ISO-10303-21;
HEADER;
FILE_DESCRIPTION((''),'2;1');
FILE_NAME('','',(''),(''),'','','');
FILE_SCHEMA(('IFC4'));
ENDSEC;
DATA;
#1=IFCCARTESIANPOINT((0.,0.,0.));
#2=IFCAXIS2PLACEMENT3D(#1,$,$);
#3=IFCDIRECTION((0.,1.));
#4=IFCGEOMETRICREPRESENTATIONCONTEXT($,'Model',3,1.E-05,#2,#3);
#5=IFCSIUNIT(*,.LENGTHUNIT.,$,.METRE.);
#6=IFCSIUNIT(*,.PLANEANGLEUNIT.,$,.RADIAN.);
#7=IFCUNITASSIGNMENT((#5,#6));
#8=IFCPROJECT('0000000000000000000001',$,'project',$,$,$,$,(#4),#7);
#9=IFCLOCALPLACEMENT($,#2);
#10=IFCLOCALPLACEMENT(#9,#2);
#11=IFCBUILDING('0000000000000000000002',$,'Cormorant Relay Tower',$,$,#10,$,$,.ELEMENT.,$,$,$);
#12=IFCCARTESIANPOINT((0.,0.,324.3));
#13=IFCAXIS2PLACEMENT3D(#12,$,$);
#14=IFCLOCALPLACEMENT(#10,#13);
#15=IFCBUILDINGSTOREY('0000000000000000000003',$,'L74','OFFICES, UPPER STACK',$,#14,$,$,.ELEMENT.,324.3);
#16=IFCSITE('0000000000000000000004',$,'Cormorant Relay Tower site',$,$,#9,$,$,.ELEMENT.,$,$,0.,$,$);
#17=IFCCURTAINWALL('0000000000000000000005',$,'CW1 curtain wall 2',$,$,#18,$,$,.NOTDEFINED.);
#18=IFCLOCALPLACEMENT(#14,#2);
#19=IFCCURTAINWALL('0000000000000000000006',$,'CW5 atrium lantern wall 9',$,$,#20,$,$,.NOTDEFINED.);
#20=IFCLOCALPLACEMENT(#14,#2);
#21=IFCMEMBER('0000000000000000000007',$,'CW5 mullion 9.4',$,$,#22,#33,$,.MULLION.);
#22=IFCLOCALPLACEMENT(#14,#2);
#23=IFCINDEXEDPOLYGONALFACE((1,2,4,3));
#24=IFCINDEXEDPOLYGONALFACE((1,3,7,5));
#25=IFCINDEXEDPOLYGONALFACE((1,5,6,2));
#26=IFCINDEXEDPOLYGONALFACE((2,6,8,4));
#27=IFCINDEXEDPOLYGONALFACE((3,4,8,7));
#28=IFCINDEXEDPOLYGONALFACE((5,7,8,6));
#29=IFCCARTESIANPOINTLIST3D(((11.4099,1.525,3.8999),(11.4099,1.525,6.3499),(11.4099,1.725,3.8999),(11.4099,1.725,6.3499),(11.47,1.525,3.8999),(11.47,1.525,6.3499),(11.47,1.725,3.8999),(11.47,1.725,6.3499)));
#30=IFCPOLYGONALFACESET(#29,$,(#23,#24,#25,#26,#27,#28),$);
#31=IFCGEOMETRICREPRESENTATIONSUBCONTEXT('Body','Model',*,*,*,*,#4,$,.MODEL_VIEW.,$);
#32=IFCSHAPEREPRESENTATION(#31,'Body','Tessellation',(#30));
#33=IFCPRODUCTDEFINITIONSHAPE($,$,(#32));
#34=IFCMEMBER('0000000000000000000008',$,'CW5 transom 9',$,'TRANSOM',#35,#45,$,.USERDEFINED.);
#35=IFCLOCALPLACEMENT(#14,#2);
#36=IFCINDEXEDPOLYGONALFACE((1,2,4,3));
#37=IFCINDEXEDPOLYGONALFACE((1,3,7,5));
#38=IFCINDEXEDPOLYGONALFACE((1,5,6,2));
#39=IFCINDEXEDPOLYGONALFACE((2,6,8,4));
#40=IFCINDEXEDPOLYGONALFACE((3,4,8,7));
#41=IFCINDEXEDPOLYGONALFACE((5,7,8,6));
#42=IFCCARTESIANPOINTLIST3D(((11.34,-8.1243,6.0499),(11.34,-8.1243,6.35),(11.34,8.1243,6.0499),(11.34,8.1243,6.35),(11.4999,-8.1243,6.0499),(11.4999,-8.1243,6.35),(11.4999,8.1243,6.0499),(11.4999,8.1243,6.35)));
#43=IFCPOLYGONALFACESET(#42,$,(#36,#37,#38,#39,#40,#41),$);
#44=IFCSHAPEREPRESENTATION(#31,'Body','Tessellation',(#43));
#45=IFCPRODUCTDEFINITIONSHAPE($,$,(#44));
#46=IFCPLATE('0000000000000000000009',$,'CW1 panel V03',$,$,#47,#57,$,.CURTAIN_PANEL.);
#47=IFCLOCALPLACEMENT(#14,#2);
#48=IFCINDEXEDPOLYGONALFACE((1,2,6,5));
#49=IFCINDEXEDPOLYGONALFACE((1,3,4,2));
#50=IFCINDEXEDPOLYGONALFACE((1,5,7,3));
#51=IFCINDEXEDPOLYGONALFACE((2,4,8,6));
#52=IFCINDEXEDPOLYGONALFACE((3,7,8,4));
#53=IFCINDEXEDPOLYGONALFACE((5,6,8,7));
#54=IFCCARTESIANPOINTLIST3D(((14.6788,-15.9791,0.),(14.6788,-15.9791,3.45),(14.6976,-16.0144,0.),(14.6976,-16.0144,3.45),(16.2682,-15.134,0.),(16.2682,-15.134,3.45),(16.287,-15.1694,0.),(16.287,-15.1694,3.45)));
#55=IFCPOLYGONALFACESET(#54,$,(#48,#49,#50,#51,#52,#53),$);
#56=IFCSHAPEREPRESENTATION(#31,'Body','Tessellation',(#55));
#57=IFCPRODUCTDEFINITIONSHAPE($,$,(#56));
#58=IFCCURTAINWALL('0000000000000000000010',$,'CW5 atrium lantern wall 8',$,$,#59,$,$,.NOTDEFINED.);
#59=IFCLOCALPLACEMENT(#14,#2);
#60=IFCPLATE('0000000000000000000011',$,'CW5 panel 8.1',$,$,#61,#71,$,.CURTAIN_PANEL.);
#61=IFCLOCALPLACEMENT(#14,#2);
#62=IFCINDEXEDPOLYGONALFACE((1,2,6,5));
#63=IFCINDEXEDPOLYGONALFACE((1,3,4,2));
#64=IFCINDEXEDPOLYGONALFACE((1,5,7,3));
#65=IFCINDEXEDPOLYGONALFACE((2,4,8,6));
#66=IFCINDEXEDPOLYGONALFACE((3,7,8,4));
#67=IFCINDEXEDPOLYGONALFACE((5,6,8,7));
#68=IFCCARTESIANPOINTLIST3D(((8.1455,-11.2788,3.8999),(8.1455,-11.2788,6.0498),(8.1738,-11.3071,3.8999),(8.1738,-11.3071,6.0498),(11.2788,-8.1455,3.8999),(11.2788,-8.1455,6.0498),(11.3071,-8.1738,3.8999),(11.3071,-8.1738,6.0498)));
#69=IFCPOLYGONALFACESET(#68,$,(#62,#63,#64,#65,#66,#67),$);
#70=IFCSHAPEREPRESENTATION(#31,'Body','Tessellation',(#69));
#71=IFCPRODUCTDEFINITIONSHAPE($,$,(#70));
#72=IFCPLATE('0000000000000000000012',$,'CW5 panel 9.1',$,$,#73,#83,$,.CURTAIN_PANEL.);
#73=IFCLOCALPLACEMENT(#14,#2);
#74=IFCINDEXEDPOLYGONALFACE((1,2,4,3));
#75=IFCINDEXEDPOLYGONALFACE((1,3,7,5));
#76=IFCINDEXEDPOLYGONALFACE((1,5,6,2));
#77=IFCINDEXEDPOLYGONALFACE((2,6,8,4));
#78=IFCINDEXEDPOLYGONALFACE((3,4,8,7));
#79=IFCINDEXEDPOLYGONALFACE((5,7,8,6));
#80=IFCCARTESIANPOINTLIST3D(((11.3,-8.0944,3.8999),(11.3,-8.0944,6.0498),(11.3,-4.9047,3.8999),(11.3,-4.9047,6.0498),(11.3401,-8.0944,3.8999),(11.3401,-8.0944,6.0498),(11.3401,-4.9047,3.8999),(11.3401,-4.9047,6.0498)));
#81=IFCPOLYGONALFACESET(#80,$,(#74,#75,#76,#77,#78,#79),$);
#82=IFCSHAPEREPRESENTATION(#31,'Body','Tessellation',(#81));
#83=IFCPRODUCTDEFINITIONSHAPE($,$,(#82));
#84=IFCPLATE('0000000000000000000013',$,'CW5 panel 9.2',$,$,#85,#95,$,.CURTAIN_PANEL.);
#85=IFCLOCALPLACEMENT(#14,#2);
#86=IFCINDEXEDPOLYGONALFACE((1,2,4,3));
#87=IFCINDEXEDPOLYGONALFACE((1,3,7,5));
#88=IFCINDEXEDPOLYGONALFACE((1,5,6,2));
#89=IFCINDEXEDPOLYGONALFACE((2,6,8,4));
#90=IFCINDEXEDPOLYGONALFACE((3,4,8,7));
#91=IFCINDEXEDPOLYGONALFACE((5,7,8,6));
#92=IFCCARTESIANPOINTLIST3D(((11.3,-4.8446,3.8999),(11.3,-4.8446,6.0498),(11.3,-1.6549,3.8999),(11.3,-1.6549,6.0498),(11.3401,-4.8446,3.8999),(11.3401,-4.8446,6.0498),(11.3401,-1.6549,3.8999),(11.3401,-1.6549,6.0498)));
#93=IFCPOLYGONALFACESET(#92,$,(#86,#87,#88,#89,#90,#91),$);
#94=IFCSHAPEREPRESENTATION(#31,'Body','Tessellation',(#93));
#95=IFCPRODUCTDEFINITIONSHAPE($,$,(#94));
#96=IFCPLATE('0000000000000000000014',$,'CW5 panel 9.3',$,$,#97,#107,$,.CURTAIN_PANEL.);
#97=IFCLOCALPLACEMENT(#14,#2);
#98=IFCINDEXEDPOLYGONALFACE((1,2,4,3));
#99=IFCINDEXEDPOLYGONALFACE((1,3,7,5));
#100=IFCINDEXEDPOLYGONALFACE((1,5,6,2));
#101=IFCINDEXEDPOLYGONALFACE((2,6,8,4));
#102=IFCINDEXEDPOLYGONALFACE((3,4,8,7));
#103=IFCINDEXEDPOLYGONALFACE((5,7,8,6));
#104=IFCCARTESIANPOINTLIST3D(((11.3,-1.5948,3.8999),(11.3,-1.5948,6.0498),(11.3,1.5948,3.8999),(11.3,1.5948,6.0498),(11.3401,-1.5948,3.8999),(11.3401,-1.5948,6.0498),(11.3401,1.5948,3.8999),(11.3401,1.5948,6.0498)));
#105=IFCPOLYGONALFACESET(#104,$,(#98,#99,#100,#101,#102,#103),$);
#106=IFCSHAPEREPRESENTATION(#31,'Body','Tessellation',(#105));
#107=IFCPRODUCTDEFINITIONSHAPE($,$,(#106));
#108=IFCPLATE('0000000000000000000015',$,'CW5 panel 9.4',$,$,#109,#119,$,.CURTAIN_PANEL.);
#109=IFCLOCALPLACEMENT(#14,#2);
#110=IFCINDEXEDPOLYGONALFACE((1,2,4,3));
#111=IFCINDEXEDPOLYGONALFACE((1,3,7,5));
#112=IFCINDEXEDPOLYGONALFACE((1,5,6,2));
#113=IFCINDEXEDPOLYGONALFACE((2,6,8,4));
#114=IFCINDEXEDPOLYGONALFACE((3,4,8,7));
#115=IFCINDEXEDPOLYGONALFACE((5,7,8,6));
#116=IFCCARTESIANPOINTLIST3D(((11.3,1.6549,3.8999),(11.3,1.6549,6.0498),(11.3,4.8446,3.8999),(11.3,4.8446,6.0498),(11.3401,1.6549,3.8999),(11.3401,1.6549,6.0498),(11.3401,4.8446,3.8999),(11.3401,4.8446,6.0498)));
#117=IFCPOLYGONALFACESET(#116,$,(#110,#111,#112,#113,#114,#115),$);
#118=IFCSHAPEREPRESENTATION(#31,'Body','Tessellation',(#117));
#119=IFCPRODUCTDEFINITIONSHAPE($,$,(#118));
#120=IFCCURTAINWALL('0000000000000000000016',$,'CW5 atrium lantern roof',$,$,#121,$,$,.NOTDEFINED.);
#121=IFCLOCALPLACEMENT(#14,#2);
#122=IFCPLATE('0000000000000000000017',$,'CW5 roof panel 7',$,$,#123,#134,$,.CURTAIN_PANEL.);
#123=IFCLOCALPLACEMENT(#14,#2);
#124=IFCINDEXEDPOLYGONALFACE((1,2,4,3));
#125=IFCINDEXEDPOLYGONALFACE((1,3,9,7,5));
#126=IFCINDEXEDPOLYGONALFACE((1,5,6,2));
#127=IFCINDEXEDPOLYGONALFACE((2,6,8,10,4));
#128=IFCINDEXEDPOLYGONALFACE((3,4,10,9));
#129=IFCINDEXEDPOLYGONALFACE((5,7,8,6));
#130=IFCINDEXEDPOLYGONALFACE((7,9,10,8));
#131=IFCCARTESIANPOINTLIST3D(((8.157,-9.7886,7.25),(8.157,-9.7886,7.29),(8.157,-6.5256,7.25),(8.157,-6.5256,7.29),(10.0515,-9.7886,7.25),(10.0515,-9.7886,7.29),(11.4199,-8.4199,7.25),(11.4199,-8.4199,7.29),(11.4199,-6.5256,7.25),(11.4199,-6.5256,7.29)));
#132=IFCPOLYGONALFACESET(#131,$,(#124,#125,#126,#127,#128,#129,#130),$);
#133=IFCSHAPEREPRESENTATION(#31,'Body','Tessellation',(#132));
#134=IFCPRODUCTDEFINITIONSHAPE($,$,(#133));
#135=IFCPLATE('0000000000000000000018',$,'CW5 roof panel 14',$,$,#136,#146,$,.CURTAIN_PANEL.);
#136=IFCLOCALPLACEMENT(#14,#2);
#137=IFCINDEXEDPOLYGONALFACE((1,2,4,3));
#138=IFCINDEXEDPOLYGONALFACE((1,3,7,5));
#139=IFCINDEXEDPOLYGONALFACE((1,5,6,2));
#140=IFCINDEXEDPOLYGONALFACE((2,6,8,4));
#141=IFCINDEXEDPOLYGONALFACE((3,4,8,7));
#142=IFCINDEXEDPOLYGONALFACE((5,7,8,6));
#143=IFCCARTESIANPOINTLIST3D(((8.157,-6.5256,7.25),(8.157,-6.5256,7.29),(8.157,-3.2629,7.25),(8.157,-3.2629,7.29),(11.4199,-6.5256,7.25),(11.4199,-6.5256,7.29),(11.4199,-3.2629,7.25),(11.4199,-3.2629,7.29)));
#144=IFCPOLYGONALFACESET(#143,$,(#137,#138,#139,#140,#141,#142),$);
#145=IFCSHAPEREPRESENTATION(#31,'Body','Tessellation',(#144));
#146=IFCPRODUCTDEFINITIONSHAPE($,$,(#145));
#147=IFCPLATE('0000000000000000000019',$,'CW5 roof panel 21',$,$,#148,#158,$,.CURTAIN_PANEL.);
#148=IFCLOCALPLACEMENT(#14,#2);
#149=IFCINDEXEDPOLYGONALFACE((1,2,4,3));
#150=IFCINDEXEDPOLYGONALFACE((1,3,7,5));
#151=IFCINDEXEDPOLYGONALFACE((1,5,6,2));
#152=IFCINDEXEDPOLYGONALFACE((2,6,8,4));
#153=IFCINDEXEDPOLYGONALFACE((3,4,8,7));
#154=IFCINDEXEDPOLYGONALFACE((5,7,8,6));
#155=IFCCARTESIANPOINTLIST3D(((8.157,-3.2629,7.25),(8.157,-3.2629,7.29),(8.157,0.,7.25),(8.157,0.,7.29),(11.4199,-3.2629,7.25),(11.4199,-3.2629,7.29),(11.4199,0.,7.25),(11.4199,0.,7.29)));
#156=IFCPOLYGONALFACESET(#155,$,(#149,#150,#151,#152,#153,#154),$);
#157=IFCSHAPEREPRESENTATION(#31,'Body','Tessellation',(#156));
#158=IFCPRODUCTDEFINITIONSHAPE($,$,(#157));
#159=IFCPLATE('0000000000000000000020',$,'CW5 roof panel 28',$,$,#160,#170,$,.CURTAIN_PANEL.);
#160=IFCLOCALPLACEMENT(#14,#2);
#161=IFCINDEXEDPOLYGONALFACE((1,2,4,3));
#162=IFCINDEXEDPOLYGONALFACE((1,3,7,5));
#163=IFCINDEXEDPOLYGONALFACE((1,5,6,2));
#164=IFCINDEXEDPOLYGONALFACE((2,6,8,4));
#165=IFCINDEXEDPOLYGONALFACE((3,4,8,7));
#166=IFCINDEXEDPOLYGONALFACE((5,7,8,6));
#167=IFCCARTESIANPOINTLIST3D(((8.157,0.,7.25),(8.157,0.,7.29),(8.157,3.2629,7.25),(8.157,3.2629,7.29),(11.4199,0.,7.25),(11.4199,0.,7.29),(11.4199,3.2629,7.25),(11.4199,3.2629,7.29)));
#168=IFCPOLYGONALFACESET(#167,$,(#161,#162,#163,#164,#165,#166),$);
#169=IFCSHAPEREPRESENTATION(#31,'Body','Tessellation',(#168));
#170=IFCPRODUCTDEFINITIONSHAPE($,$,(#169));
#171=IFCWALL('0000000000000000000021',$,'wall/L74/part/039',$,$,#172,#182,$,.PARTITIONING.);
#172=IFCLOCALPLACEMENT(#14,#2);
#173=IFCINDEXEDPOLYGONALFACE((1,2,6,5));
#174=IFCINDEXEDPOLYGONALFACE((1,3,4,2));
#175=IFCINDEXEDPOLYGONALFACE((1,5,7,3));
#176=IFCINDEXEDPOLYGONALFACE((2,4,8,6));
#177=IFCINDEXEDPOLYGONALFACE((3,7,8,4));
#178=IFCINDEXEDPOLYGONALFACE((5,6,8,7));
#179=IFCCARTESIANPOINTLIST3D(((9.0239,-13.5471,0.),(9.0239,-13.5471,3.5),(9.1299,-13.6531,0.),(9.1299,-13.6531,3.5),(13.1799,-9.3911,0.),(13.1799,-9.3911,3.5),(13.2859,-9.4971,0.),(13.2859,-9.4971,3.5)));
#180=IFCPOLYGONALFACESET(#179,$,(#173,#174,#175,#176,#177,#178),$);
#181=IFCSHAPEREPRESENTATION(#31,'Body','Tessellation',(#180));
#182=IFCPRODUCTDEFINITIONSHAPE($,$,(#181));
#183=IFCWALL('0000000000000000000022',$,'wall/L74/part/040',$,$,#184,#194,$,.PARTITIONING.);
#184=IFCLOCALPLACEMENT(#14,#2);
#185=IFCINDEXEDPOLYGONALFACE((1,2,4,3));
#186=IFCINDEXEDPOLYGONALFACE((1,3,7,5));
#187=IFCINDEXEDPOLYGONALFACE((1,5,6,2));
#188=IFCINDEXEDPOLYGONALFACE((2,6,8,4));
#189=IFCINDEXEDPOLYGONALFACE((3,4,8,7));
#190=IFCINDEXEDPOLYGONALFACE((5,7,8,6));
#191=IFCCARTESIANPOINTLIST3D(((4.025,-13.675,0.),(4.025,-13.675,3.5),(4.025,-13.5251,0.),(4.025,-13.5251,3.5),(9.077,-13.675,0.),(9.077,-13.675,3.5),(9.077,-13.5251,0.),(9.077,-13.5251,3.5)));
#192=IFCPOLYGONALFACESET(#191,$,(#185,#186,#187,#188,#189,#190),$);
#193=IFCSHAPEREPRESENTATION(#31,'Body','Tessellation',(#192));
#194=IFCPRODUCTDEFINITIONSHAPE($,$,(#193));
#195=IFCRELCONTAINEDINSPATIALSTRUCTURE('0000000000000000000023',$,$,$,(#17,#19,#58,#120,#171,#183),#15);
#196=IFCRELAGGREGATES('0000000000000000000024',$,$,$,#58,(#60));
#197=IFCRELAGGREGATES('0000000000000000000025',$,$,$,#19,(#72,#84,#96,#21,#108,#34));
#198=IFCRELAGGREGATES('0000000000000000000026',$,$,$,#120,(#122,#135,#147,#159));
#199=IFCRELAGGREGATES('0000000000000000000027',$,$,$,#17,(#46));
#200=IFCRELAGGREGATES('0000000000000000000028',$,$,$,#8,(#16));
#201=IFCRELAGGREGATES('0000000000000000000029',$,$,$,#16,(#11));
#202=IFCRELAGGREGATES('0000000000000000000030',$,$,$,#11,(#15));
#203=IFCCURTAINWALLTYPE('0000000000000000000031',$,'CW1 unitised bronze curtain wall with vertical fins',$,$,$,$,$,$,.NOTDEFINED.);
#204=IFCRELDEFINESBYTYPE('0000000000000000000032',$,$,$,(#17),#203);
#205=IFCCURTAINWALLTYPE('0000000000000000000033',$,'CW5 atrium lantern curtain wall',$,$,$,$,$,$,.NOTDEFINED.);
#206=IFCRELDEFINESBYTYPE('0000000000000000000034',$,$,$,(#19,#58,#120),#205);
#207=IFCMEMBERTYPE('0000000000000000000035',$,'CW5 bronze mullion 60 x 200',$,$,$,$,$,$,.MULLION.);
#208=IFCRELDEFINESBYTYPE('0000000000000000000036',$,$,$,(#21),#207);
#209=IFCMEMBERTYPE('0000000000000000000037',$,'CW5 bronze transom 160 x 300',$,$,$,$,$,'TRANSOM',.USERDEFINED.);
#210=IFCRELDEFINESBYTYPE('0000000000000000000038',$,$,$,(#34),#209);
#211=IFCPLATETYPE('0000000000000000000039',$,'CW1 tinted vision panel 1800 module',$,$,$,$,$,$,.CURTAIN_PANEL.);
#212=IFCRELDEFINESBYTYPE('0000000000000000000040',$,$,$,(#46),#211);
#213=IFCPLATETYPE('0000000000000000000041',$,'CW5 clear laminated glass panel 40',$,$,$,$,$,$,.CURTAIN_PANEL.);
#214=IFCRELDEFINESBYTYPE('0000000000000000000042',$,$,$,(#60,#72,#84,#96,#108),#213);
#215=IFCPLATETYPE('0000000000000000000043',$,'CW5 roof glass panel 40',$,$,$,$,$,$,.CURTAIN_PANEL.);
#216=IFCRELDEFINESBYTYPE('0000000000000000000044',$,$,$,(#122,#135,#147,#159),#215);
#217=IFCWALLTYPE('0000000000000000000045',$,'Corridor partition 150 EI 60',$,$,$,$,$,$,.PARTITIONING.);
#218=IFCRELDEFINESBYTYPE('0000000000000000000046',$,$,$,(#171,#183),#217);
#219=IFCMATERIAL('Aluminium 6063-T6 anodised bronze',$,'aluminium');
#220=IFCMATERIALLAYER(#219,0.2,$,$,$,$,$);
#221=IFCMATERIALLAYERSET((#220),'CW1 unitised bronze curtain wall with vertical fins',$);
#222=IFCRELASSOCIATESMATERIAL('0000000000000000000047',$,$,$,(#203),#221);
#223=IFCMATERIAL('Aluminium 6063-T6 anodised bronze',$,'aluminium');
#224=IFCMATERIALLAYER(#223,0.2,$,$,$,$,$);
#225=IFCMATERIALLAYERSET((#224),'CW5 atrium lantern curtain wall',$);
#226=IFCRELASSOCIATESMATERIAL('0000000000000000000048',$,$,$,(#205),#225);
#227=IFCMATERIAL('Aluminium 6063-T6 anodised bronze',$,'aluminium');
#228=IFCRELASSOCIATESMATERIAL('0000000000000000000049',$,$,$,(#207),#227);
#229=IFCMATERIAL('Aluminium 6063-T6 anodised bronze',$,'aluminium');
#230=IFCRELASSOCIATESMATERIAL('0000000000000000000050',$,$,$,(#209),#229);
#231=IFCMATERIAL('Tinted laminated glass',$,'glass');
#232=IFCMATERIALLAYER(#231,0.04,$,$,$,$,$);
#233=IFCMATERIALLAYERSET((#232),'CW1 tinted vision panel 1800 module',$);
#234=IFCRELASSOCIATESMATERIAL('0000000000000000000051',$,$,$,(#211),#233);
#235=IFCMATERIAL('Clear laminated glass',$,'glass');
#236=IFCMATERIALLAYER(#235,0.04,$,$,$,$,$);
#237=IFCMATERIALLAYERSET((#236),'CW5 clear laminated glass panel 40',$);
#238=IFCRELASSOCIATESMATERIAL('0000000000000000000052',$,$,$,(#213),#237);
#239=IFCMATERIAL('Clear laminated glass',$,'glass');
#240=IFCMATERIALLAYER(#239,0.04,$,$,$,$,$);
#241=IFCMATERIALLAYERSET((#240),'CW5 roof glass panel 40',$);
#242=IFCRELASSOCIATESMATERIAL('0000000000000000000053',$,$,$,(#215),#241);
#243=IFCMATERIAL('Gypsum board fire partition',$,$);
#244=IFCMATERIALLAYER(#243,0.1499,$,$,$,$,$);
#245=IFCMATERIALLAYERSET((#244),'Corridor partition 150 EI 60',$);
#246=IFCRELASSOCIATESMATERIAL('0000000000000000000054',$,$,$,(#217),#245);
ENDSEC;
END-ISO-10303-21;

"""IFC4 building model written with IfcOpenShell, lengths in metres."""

from ifc_helpers import new_model, si_unit, direction, frame, frame_2d, origin, origin_2d, place, context, subcontext, project, spatial, polyline, rectangle, outline, extrude, material, layer, layer_set, material_profile, profile_set, type_object, element, aggregate, save


model = new_model("IFC4")

# Units and contexts
model_context = context("Model", 3, precision=1e-05, world=origin(), true_north=direction((0.0, 1.0)))
body_context = subcontext(model_context, "Body", "Model", "MODEL_VIEW")
ifc_project = project(units=[si_unit("LENGTHUNIT", "METRE"), si_unit("PLANEANGLEUNIT", "RADIAN")], contexts=[model_context])

# Site, building, storey
site_placement = place(None, origin())
site = spatial("IfcSite", under=ifc_project, at=site_placement, Name="Cormorant Relay Tower site", CompositionType="ELEMENT", RefElevation=0.0)
building_placement = place(site_placement, origin())
building = spatial("IfcBuilding", under=site, at=building_placement, Name="Cormorant Relay Tower", CompositionType="ELEMENT")
storey_placement = place(building_placement, frame((0.0, 0.0, 324.3)))
storey = spatial("IfcBuildingStorey", under=building, at=storey_placement, Name="L74", Description="OFFICES, UPPER STACK", CompositionType="ELEMENT", Elevation=324.3)

# Curtain walls, members
ifc_material_1 = material(Name="Aluminium 6063-T6 anodised bronze", Category="aluminium")
ifc_layer_1 = layer(ifc_material_1, 0.2)
ifc_layer_set_1 = layer_set([ifc_layer_1], Name="CW1 unitised bronze curtain wall with vertical fins")
curtain_wall_type_1 = type_object("IfcCurtainWallType", Name="CW1 unitised bronze curtain wall with vertical fins", PredefinedType="NOTDEFINED", material=ifc_layer_set_1)
curtain_wall_1_placement = place(storey_placement, origin())
curtain_wall_1 = element("IfcCurtainWall", 1, at=curtain_wall_1_placement, inside=storey, type_object=curtain_wall_type_1, Name="CW1 curtain wall 2", PredefinedType="NOTDEFINED")
ifc_material_2 = material(Name="Aluminium 6063-T6 anodised bronze", Category="aluminium")
ifc_layer_2 = layer(ifc_material_2, 0.2)
ifc_layer_set_2 = layer_set([ifc_layer_2], Name="CW5 atrium lantern curtain wall")
curtain_wall_type_2 = type_object("IfcCurtainWallType", Name="CW5 atrium lantern curtain wall", PredefinedType="NOTDEFINED", material=ifc_layer_set_2)
curtain_wall_2_placement = place(storey_placement, origin())
curtain_wall_2 = element("IfcCurtainWall", 2, at=curtain_wall_2_placement, inside=storey, type_object=curtain_wall_type_2, Name="CW5 atrium lantern wall 9", PredefinedType="NOTDEFINED")
ifc_material_3 = material(Name="Aluminium 6063-T6 anodised bronze", Category="aluminium")
ifc_material_profile_1 = material_profile(ifc_material_3, rectangle(XDim=0.2, YDim=0.0601, at=origin_2d()), Name="AL 60x200")
ifc_profile_set_1 = profile_set([ifc_material_profile_1], Name="Aluminium 6063-T6 anodised bronze")
member_type_1 = type_object("IfcMemberType", Name="CW5 bronze mullion 60 x 200", PredefinedType="MULLION", material=ifc_profile_set_1)
member_1_placement = place(storey_placement, frame((11.4399, 1.625, 3.8999), z_axis=(0.0, 0.0, 1.0), x_axis=(0.0, 1.0, 0.0)))
member_1 = element("IfcMember", 3, at=member_1_placement, type_object=member_type_1, Name="CW5 mullion 9.4", PredefinedType="MULLION", context=body_context, shape_type="SweptSolid", body=[
    extrude(rectangle(XDim=0.2, YDim=0.0601, at=origin_2d()), origin(), (0.0, 0.0, 1.0), 2.45),
])
ifc_material_4 = material(Name="Aluminium 6063-T6 anodised bronze", Category="aluminium")
ifc_material_profile_2 = material_profile(ifc_material_4, rectangle(XDim=0.1599, YDim=0.3, at=origin_2d()), Name="AL 160x300")
ifc_profile_set_2 = profile_set([ifc_material_profile_2], Name="Aluminium 6063-T6 anodised bronze")
member_type_2 = type_object("IfcMemberType", Name="CW5 bronze transom 160 x 300", ElementType="TRANSOM", PredefinedType="USERDEFINED", material=ifc_profile_set_2)
member_2_placement = place(storey_placement, frame((11.4199, -8.1243, 6.2), z_axis=(0.0, 1.0, 0.0), x_axis=(-1.0, 0.0, 0.0)))
member_2 = element("IfcMember", 4, at=member_2_placement, type_object=member_type_2, Name="CW5 transom 9", ObjectType="TRANSOM", PredefinedType="USERDEFINED", context=body_context, shape_type="SweptSolid", body=[
    extrude(rectangle(XDim=0.1599, YDim=0.3, at=origin_2d()), origin(), (0.0, 0.0, 1.0), 16.2485),
])

# Plate
ifc_material_5 = material(Name="Tinted laminated glass", Category="glass")
ifc_layer_3 = layer(ifc_material_5, 0.04)
ifc_layer_set_3 = layer_set([ifc_layer_3], Name="CW1 tinted vision panel 1800 module")
plate_type_1 = type_object("IfcPlateType", Name="CW1 tinted vision panel 1800 module", PredefinedType="CURTAIN_PANEL", material=ifc_layer_set_3)
plate_1_placement = place(storey_placement, frame((15.4829, -15.5742, 0.0), z_axis=(0.0, 0.0, 1.0), x_axis=(0.882948, 0.469472, 0.0)))
plate_1 = element("IfcPlate", 5, at=plate_1_placement, type_object=plate_type_1, Name="CW1 panel V03", PredefinedType="CURTAIN_PANEL", context=body_context, shape_type="SweptSolid", body=[
    extrude(rectangle(XDim=1.8, YDim=0.04, at=origin_2d()), origin(), (0.0, 0.0, 1.0), 3.45),
])

# Curtain wall, plate
curtain_wall_3_placement = place(storey_placement, origin())
curtain_wall_3 = element("IfcCurtainWall", 6, at=curtain_wall_3_placement, inside=storey, type_object=curtain_wall_type_2, Name="CW5 atrium lantern wall 8", PredefinedType="NOTDEFINED")
ifc_material_6 = material(Name="Clear laminated glass", Category="glass")
ifc_layer_4 = layer(ifc_material_6, 0.04)
ifc_layer_set_4 = layer_set([ifc_layer_4], Name="CW5 clear laminated glass panel 40")
plate_type_2 = type_object("IfcPlateType", Name="CW5 clear laminated glass panel 40", PredefinedType="CURTAIN_PANEL", material=ifc_layer_set_4)
plate_2_placement = place(storey_placement, frame((9.7263, -9.7263, 3.8999), z_axis=(0.0, 0.0, 1.0), x_axis=(0.707107, 0.707107, 0.0)))
plate_2 = element("IfcPlate", 7, at=plate_2_placement, type_object=plate_type_2, Name="CW5 panel 8.1", PredefinedType="CURTAIN_PANEL", context=body_context, shape_type="SweptSolid", body=[
    extrude(rectangle(XDim=4.4312, YDim=0.04, at=origin_2d()), origin(), (0.0, 0.0, 1.0), 2.1499),
])
aggregate(curtain_wall_3, [plate_2])

# Plates
plate_3_placement = place(storey_placement, frame((11.3201, -6.4995, 3.8999), z_axis=(0.0, 0.0, 1.0), x_axis=(0.0, 1.0, 0.0)))
plate_3 = element("IfcPlate", 8, at=plate_3_placement, type_object=plate_type_2, Name="CW5 panel 9.1", PredefinedType="CURTAIN_PANEL", context=body_context, shape_type="SweptSolid", body=[
    extrude(rectangle(XDim=3.1897, YDim=0.04, at=origin_2d()), origin(), (0.0, 0.0, 1.0), 2.1499),
])
plate_4_placement = place(storey_placement, frame((11.3201, -3.2498, 3.8999), z_axis=(0.0, 0.0, 1.0), x_axis=(0.0, 1.0, 0.0)))
plate_4 = element("IfcPlate", 9, at=plate_4_placement, type_object=plate_type_2, Name="CW5 panel 9.2", PredefinedType="CURTAIN_PANEL", context=body_context, shape_type="SweptSolid", body=[
    extrude(rectangle(XDim=3.1897, YDim=0.04, at=origin_2d()), origin(), (0.0, 0.0, 1.0), 2.1499),
])
plate_5_placement = place(storey_placement, frame((11.3201, 0.0, 3.8999), z_axis=(0.0, 0.0, 1.0), x_axis=(0.0, 1.0, 0.0)))
plate_5 = element("IfcPlate", 10, at=plate_5_placement, type_object=plate_type_2, Name="CW5 panel 9.3", PredefinedType="CURTAIN_PANEL", context=body_context, shape_type="SweptSolid", body=[
    extrude(rectangle(XDim=3.1897, YDim=0.04, at=origin_2d()), origin(), (0.0, 0.0, 1.0), 2.1499),
])
plate_6_placement = place(storey_placement, frame((11.3201, 3.2498, 3.8999), z_axis=(0.0, 0.0, 1.0), x_axis=(0.0, 1.0, 0.0)))
plate_6 = element("IfcPlate", 11, at=plate_6_placement, type_object=plate_type_2, Name="CW5 panel 9.4", PredefinedType="CURTAIN_PANEL", context=body_context, shape_type="SweptSolid", body=[
    extrude(rectangle(XDim=3.1897, YDim=0.04, at=origin_2d()), origin(), (0.0, 0.0, 1.0), 2.1499),
])
aggregate(curtain_wall_2, [plate_3, plate_4, plate_5, member_1, plate_6, member_2])

# Curtain wall, plates
curtain_wall_4_placement = place(storey_placement, origin())
curtain_wall_4 = element("IfcCurtainWall", 12, at=curtain_wall_4_placement, inside=storey, type_object=curtain_wall_type_2, Name="CW5 atrium lantern roof", PredefinedType="NOTDEFINED")
ifc_material_7 = material(Name="Clear laminated glass", Category="glass")
ifc_layer_5 = layer(ifc_material_7, 0.04)
ifc_layer_set_5 = layer_set([ifc_layer_5], Name="CW5 roof glass panel 40")
plate_type_3 = type_object("IfcPlateType", Name="CW5 roof glass panel 40", PredefinedType="CURTAIN_PANEL", material=ifc_layer_set_5)
plate_7_placement = place(storey_placement, frame((11.4199, -6.5256, 7.29), z_axis=(0.0, 0.0, 1.0), x_axis=(-1.0, 0.0, 0.0)))
plate_7 = element("IfcPlate", 13, at=plate_7_placement, type_object=plate_type_3, Name="CW5 roof panel 7", PredefinedType="CURTAIN_PANEL", context=body_context, shape_type="SweptSolid", body=[
    extrude(outline(polyline([(0.0, 0.0), (3.2629, 0.0), (3.2629, 3.2629), (1.3684, 3.2629), (0.0, 1.8943), (0.0, 0.0)])), origin(), (0.0, 0.0, -1.0), 0.04),
])
plate_8_placement = place(storey_placement, frame((11.4199, -3.2629, 7.29), z_axis=(0.0, 0.0, 1.0), x_axis=(-1.0, 0.0, 0.0)))
plate_8 = element("IfcPlate", 14, at=plate_8_placement, type_object=plate_type_3, Name="CW5 roof panel 14", PredefinedType="CURTAIN_PANEL", context=body_context, shape_type="SweptSolid", body=[
    extrude(outline(polyline([(0.0, 0.0), (3.2629, 0.0), (3.2629, 3.2627), (0.0, 3.2627), (0.0, 0.0)])), origin(), (0.0, 0.0, -1.0), 0.04),
])
plate_9_placement = place(storey_placement, frame((11.4199, 0.0, 7.29), z_axis=(0.0, 0.0, 1.0), x_axis=(-1.0, 0.0, 0.0)))
plate_9 = element("IfcPlate", 15, at=plate_9_placement, type_object=plate_type_3, Name="CW5 roof panel 21", PredefinedType="CURTAIN_PANEL", context=body_context, shape_type="SweptSolid", body=[
    extrude(outline(polyline([(0.0, 0.0), (3.2629, 0.0), (3.2629, 3.2629), (0.0, 3.2629), (0.0, 0.0)])), origin(), (0.0, 0.0, -1.0), 0.04),
])
plate_10_placement = place(storey_placement, frame((11.4199, 3.2629, 7.29), z_axis=(0.0, 0.0, 1.0), x_axis=(-1.0, 0.0, 0.0)))
plate_10 = element("IfcPlate", 16, at=plate_10_placement, type_object=plate_type_3, Name="CW5 roof panel 28", PredefinedType="CURTAIN_PANEL", context=body_context, shape_type="SweptSolid", body=[
    extrude(outline(polyline([(0.0, 0.0), (3.2629, 0.0), (3.2629, 3.2629), (0.0, 3.2629), (0.0, 0.0)])), origin(), (0.0, 0.0, -1.0), 0.04),
])
aggregate(curtain_wall_4, [plate_7, plate_8, plate_9, plate_10])

# Walls
ifc_material_8 = material(Name="Gypsum board fire partition")
ifc_layer_6 = layer(ifc_material_8, 0.1499)
ifc_layer_set_6 = layer_set([ifc_layer_6], Name="Corridor partition 150 EI 60")
wall_type_1 = type_object("IfcWallType", Name="Corridor partition 150 EI 60", PredefinedType="PARTITIONING", material=ifc_layer_set_6)
wall_1_placement = place(storey_placement, frame((13.2329, -9.4441, 0.0), z_axis=(0.0, 0.0, 1.0), x_axis=(-0.707107, -0.707107, 0.0)))
element("IfcWall", 17, at=wall_1_placement, inside=storey, type_object=wall_type_1, Name="wall/L74/part/039", PredefinedType="PARTITIONING", context=body_context, shape_type="SweptSolid", body=[
    extrude(rectangle(XDim=5.8774, YDim=0.1499, at=frame_2d((2.9387, 0.0))), origin(), (0.0, 0.0, 1.0), 3.5),
])
wall_2_placement = place(storey_placement, frame((9.0769, -13.6001, 0.0), z_axis=(0.0, 0.0, 1.0), x_axis=(-1.0, 0.0, 0.0)))
element("IfcWall", 18, at=wall_2_placement, inside=storey, type_object=wall_type_1, Name="wall/L74/part/040", PredefinedType="PARTITIONING", context=body_context, shape_type="SweptSolid", body=[
    extrude(rectangle(XDim=5.052, YDim=0.1499, at=frame_2d((2.5259, 0.0))), origin(), (0.0, 0.0, 1.0), 3.5),
])

aggregate(curtain_wall_1, [plate_1])

save(model, "model.ifc")
